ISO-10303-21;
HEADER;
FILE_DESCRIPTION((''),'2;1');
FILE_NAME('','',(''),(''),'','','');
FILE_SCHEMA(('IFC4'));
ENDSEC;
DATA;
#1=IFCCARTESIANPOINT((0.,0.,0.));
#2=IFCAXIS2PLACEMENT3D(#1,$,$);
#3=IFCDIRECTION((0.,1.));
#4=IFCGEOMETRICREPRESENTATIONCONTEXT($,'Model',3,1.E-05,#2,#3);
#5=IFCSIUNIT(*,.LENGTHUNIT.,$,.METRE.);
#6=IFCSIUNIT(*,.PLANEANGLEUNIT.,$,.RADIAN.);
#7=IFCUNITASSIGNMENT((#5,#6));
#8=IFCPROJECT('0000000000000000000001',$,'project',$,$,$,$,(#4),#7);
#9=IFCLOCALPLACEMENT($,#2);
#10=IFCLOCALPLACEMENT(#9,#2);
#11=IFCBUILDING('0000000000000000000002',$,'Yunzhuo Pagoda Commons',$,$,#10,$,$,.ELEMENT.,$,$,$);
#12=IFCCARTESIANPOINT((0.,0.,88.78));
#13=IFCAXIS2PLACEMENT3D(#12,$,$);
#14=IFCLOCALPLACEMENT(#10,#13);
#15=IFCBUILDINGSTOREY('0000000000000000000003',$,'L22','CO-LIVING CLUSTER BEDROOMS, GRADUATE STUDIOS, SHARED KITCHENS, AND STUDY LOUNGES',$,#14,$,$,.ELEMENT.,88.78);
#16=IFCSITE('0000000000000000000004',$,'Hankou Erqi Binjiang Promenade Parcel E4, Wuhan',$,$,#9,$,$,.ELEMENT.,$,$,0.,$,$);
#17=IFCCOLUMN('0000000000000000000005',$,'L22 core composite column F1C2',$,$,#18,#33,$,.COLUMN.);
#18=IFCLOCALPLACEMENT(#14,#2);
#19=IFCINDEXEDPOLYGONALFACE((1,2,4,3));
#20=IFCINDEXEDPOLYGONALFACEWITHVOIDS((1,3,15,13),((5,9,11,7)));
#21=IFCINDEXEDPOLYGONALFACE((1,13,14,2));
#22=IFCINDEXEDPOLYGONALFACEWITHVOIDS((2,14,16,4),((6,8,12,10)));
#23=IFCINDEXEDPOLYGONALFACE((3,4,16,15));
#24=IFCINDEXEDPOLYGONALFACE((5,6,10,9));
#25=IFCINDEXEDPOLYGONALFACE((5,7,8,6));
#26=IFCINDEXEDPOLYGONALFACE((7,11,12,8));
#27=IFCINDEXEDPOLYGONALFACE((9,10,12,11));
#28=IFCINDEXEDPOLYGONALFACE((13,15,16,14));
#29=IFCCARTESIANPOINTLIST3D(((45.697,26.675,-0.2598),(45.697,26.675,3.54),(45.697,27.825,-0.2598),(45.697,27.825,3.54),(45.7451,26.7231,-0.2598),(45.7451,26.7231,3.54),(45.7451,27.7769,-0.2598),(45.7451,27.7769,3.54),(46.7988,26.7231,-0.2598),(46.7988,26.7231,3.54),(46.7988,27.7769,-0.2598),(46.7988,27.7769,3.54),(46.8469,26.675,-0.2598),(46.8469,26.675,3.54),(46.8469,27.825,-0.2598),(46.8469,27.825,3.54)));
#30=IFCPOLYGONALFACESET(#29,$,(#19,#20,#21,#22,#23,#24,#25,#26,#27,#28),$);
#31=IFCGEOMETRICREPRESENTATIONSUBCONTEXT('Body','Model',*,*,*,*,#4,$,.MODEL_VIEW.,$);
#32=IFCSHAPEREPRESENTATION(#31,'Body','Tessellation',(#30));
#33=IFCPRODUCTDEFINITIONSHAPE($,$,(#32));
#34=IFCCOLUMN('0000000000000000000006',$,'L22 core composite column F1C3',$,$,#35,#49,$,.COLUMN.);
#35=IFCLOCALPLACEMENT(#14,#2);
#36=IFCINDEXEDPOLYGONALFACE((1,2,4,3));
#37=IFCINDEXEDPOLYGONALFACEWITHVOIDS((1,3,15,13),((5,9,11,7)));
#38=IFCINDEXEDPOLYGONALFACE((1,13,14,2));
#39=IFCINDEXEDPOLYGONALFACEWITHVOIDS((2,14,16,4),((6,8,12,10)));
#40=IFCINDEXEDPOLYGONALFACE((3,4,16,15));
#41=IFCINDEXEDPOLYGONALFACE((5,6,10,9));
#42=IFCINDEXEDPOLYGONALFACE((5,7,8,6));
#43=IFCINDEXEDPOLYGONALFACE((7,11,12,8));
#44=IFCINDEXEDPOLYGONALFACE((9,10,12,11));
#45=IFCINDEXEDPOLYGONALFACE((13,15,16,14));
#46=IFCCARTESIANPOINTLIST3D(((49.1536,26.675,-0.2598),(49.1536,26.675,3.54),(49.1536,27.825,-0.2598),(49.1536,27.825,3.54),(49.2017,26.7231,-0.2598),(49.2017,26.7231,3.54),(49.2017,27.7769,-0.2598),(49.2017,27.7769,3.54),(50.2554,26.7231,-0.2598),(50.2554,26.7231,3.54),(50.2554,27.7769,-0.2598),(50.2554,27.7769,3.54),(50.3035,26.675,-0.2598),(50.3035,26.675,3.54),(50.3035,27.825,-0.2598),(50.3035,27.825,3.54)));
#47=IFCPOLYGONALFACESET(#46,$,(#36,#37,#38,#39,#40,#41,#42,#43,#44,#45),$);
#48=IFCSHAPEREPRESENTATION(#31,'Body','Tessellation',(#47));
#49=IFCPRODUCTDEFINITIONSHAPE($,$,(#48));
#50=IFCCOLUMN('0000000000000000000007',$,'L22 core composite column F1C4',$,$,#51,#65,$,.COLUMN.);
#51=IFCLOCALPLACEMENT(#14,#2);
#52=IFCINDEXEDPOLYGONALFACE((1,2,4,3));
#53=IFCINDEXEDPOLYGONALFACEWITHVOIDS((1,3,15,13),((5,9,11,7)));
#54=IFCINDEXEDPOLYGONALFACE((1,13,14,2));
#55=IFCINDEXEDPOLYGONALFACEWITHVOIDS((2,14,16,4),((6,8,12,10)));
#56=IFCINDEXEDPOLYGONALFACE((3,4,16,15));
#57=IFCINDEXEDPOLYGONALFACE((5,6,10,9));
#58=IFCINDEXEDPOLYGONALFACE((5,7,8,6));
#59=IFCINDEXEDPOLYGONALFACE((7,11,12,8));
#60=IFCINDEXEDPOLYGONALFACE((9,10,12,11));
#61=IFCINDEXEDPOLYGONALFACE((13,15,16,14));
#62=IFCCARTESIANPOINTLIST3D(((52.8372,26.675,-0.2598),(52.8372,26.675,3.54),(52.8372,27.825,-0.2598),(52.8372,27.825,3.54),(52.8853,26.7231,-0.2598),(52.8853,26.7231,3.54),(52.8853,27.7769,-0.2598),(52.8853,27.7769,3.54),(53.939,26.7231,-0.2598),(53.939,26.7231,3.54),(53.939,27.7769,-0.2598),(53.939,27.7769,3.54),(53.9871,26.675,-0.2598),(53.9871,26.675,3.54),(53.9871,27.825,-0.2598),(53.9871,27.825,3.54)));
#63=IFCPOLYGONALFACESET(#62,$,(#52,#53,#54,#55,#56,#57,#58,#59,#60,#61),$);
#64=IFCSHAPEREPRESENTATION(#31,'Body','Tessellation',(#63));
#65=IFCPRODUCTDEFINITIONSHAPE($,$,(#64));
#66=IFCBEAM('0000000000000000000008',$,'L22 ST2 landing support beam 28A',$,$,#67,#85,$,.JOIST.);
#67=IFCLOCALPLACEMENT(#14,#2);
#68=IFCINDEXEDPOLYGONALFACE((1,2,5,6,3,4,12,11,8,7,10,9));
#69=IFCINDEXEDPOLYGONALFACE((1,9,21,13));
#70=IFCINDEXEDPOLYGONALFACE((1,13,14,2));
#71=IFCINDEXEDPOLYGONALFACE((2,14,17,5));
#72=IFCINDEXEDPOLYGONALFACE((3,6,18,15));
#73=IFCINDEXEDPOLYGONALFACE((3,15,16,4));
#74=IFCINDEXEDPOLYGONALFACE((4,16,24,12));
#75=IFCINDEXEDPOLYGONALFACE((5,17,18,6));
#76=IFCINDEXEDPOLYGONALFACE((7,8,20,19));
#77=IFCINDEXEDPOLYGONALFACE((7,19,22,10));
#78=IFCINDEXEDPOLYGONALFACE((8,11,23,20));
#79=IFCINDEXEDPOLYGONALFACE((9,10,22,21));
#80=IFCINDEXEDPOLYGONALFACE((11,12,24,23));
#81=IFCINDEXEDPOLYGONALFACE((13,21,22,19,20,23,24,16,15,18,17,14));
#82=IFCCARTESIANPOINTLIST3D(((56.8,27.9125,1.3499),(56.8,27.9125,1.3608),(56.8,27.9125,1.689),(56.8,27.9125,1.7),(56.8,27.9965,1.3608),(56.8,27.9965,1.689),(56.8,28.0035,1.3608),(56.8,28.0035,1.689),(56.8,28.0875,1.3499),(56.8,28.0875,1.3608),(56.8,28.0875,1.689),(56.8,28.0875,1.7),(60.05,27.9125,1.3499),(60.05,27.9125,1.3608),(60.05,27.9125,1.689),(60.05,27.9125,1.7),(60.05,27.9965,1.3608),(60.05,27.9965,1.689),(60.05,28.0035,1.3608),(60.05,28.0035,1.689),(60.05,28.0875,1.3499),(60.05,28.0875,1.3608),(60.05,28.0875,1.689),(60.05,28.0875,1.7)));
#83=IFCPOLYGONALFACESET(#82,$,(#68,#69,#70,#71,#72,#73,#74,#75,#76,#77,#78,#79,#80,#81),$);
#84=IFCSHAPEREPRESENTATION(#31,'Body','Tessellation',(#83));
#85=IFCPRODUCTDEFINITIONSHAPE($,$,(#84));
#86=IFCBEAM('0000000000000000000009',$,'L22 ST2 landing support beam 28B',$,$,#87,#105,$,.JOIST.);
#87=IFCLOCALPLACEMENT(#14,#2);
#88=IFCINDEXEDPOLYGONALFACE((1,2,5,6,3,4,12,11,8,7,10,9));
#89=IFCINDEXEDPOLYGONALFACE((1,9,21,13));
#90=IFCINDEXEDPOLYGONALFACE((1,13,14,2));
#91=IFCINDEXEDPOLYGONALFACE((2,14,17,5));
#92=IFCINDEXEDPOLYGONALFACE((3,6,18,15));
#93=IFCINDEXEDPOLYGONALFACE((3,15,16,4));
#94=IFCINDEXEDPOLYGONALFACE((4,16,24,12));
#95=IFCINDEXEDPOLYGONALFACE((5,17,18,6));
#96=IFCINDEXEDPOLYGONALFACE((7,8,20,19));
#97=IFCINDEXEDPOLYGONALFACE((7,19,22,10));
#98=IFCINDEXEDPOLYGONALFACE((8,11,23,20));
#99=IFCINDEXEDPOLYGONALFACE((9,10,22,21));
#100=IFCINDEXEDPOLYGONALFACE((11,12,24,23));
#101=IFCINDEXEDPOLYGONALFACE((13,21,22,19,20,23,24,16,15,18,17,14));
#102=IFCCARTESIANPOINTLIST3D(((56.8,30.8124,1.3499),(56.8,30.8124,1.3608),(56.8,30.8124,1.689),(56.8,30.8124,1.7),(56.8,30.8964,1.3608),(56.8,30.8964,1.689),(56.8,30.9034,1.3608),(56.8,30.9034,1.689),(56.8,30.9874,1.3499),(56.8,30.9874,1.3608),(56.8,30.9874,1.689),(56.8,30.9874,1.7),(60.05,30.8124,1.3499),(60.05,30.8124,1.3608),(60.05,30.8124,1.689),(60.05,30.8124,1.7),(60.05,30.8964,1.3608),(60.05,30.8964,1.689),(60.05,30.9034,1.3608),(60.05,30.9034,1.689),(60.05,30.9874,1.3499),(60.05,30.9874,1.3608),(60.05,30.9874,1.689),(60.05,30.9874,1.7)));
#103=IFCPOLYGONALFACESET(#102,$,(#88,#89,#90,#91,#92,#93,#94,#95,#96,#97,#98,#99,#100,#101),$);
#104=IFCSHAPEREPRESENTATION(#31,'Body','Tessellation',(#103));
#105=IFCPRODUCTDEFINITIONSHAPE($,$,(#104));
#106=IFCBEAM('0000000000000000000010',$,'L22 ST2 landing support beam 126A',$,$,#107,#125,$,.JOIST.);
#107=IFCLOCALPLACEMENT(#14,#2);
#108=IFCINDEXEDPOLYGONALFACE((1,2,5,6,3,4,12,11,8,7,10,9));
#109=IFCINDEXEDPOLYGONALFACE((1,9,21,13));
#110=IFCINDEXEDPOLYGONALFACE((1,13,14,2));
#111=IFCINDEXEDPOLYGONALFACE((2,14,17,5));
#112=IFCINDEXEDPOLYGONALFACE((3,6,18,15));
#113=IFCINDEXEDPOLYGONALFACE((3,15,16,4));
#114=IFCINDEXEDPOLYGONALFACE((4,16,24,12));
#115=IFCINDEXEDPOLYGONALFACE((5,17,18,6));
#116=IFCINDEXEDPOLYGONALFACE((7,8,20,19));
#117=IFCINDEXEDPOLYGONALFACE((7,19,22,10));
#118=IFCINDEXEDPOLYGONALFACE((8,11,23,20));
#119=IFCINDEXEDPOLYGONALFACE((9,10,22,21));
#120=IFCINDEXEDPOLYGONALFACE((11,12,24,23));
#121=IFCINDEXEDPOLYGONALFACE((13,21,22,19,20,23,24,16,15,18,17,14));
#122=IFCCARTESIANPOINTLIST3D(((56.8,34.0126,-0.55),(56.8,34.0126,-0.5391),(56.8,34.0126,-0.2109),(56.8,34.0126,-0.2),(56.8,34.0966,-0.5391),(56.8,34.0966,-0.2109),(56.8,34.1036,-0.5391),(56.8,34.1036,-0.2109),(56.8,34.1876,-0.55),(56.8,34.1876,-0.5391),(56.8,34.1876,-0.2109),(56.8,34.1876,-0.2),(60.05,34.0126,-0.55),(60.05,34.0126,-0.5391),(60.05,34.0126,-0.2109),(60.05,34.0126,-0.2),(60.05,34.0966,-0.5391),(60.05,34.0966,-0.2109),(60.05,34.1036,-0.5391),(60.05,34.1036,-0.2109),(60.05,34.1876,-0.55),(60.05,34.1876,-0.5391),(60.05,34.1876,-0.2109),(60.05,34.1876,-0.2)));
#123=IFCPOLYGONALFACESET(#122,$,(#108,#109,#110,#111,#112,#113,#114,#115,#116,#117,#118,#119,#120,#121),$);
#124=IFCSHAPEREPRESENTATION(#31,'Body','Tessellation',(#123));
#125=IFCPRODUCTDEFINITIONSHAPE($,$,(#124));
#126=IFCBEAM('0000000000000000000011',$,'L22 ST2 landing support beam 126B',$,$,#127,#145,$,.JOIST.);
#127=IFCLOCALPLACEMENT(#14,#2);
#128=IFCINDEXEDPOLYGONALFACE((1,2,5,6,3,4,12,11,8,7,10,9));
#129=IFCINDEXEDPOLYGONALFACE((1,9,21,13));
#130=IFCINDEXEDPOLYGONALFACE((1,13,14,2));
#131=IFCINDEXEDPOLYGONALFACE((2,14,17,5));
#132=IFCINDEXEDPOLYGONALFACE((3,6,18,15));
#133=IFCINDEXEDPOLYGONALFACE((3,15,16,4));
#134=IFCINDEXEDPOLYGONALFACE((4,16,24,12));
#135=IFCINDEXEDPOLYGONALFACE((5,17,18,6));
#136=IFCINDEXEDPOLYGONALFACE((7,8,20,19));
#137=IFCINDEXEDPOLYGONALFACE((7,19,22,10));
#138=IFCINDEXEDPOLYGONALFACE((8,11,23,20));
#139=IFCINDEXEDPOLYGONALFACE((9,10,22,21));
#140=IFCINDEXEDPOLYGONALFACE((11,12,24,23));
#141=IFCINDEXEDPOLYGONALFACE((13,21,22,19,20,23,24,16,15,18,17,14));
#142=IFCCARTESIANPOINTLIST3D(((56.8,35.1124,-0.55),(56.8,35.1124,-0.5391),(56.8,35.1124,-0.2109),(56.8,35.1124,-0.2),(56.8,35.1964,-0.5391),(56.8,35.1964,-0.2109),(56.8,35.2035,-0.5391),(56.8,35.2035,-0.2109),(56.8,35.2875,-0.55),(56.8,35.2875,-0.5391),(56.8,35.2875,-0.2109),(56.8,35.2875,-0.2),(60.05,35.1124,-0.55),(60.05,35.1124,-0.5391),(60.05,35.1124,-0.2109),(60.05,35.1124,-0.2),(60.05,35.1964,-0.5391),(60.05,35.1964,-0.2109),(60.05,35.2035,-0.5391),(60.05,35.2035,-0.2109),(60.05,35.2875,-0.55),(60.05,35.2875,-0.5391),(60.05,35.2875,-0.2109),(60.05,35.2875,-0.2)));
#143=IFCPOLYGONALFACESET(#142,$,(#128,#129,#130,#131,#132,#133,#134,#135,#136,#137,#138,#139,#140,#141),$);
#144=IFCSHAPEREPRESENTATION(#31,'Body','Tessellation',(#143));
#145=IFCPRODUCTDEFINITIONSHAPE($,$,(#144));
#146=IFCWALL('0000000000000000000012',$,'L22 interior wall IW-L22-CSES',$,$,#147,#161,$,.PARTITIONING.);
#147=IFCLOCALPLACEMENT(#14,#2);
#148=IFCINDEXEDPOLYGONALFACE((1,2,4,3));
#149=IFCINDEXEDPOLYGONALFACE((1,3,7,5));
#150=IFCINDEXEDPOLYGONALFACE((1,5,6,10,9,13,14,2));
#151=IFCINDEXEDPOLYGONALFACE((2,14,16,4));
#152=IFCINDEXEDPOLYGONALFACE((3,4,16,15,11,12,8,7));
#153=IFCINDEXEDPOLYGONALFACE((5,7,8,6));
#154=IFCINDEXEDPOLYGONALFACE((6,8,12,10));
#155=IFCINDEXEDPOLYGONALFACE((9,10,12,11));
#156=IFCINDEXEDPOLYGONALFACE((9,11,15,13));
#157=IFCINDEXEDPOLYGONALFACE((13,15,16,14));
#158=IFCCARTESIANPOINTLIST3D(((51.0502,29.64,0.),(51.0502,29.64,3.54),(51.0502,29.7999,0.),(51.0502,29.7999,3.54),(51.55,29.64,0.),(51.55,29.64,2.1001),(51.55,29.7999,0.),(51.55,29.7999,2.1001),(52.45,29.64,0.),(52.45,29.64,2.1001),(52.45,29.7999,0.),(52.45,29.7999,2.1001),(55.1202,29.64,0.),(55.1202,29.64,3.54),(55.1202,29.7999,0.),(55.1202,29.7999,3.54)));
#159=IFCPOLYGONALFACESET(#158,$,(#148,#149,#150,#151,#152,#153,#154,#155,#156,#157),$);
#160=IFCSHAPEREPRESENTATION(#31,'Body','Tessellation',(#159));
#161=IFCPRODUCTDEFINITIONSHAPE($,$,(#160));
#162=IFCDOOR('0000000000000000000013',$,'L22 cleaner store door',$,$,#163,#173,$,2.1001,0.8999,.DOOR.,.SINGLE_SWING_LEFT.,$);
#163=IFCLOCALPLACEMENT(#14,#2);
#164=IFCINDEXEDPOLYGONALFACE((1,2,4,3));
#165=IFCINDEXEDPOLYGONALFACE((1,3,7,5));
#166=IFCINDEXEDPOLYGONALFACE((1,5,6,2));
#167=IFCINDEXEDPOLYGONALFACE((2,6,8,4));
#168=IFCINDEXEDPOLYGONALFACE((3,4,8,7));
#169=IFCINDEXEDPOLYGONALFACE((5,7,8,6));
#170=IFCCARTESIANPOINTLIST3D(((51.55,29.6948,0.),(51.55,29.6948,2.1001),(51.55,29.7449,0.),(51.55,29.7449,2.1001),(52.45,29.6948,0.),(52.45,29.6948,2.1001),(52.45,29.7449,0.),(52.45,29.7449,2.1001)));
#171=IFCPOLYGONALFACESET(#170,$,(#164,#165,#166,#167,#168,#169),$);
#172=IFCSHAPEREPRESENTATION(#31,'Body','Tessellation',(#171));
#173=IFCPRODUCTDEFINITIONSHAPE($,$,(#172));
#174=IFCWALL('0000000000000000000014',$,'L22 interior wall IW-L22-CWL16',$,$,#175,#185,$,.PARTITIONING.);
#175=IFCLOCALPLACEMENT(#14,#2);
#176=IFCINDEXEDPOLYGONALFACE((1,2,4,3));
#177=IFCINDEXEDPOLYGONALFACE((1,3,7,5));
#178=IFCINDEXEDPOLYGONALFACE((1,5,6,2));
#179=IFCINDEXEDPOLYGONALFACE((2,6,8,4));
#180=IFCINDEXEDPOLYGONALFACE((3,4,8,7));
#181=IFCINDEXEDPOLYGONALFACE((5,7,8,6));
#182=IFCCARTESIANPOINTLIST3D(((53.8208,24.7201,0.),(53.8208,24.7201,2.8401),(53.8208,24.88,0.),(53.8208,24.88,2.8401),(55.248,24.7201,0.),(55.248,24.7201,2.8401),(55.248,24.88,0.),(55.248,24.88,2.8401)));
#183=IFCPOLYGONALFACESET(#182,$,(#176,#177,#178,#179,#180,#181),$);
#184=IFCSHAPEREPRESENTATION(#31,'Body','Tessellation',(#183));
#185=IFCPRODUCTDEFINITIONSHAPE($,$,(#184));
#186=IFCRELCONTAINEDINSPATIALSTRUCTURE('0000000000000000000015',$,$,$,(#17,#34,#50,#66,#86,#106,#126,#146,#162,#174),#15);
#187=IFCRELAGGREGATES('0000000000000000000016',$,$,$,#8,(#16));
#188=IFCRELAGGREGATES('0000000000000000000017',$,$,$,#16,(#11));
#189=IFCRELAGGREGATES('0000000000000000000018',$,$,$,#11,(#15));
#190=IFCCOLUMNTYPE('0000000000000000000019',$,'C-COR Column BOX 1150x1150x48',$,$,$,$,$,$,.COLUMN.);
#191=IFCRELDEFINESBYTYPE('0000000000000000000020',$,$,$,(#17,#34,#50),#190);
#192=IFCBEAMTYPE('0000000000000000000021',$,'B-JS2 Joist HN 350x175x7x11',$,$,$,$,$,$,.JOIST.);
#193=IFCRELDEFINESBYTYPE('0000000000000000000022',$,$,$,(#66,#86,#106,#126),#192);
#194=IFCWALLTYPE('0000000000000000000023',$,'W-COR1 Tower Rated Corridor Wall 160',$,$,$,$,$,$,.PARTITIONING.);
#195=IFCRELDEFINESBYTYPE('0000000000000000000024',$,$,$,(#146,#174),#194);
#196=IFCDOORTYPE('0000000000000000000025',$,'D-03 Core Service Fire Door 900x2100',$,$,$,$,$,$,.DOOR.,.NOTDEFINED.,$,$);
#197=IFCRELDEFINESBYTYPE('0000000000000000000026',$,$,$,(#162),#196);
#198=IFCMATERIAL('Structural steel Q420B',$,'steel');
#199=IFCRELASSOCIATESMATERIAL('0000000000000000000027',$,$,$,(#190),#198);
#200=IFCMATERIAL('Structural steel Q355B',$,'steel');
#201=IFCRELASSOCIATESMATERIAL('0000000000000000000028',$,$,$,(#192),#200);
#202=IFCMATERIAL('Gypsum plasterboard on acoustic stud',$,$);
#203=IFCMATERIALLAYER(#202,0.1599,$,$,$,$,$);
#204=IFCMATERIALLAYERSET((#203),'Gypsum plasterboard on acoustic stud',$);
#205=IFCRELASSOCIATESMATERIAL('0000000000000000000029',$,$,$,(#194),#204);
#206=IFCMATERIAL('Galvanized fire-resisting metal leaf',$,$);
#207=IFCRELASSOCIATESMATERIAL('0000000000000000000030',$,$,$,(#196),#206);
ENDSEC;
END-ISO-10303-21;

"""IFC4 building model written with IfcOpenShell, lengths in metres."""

from ifc_helpers import new_model, si_unit, direction, frame, frame_2d, origin, origin_with_axes, origin_2d, place, context, subcontext, project, spatial, rectangle, hollow_rectangle, i_section, extrude, source, transform, mapped, material, layer, layer_set, material_profile, profile_set, type_object, element, fill, save


model = new_model("IFC4")

# Units and contexts
model_context = context("Model", 3, precision=1e-05, world=origin(), true_north=direction((0.0, 1.0)))
body_context = subcontext(model_context, "Body", "Model", "MODEL_VIEW")
ifc_project = project(units=[si_unit("LENGTHUNIT", "METRE"), si_unit("PLANEANGLEUNIT", "RADIAN")], contexts=[model_context])

# Site, building, storey
site_placement = place(None, origin())
site = spatial("IfcSite", under=ifc_project, at=site_placement, Name="Hankou Erqi Binjiang Promenade Parcel E4, Wuhan", CompositionType="ELEMENT", RefElevation=0.0)
building_placement = place(site_placement, origin())
building = spatial("IfcBuilding", under=site, at=building_placement, Name="Yunzhuo Pagoda Commons", CompositionType="ELEMENT")
storey_placement = place(building_placement, frame((0.0, 0.0, 88.78)))
storey = spatial("IfcBuildingStorey", under=building, at=storey_placement, Name="L22", Description="CO-LIVING CLUSTER BEDROOMS, GRADUATE STUDIOS, SHARED KITCHENS, AND STUDY LOUNGES", CompositionType="ELEMENT", Elevation=88.78)

# Columns
ifc_material_1 = material(Name="Structural steel Q420B", Category="steel")
ifc_material_profile_1 = material_profile(ifc_material_1, hollow_rectangle(XDim=1.1499, YDim=1.1499, WallThickness=0.0481, at=origin_2d()), Name="Structural steel Q420B")
ifc_profile_set_1 = profile_set([ifc_material_profile_1], Name="Structural steel Q420B")
column_type = type_object("IfcColumnType", Name="C-COR Column BOX 1150x1150x48", PredefinedType="COLUMN", material=ifc_profile_set_1)
shared_shape_1 = source(origin(), body_context, "Body", "SweptSolid", [
    extrude(hollow_rectangle(XDim=1.1499, YDim=1.1499, WallThickness=0.0481, at=origin_2d()), origin(), (0.0, 0.0, 1.0), 3.7998),
])
for number, where, z_axis, x_axis, name in (
    (1, (46.272, 27.25, -0.2598), (0.0, 0.0, 1.0), (1.0, 0.0, 0.0), "L22 core composite column F1C2"),
    (2, (49.7285, 27.25, -0.2598), (0.0, 0.0, 1.0), (1.0, 0.0, 0.0), "L22 core composite column F1C3"),
    (3, (53.4121, 27.25, -0.2598), (0.0, 0.0, 1.0), (1.0, 0.0, 0.0), "L22 core composite column F1C4"),
):
    element("IfcColumn", number, at=place(storey_placement, frame(where, z_axis=z_axis, x_axis=x_axis)), inside=storey, type_object=column_type, Name=name, PredefinedType="COLUMN", context=body_context, shape_type="MappedRepresentation", body=[
        mapped(shared_shape_1, transform((0.0, 0.0, 0.0), scale=1.0)),
    ])

# Beams
ifc_material_2 = material(Name="Structural steel Q355B", Category="steel")
ifc_material_profile_2 = material_profile(ifc_material_2, i_section(OverallWidth=0.175, OverallDepth=0.3501, WebThickness=0.0071, FlangeThickness=0.011, at=origin_2d()), Name="Structural steel Q355B")
ifc_profile_set_2 = profile_set([ifc_material_profile_2], Name="Structural steel Q355B")
beam_type = type_object("IfcBeamType", Name="B-JS2 Joist HN 350x175x7x11", PredefinedType="JOIST", material=ifc_profile_set_2)
shared_shape_2 = source(origin(), body_context, "Body", "SweptSolid", [
    extrude(i_section(OverallWidth=0.175, OverallDepth=0.3501, WebThickness=0.0071, FlangeThickness=0.011, at=origin_2d()), origin(), (0.0, 0.0, 1.0), 3.25),
])
for number, where, z_axis, x_axis, name in (
    (4, (56.8, 28.0, 1.5249), (1.0, 0.0, 0.0), (0.0, 1.0, 0.0), "L22 ST2 landing support beam 28A"),
    (5, (56.8, 30.8999, 1.5249), (1.0, 0.0, 0.0), (0.0, 1.0, 0.0), "L22 ST2 landing support beam 28B"),
    (6, (56.8, 34.1001, -0.375), (1.0, 0.0, 0.0), (0.0, 1.0, 0.0), "L22 ST2 landing support beam 126A"),
    (7, (56.8, 35.2, -0.375), (1.0, 0.0, 0.0), (0.0, 1.0, 0.0), "L22 ST2 landing support beam 126B"),
):
    element("IfcBeam", number, at=place(storey_placement, frame(where, z_axis=z_axis, x_axis=x_axis)), inside=storey, type_object=beam_type, Name=name, PredefinedType="JOIST", context=body_context, shape_type="MappedRepresentation", body=[
        mapped(shared_shape_2, transform((0.0, 0.0, 0.0), scale=1.0)),
    ])

# Wall, opening, door
ifc_material_3 = material(Name="Gypsum plasterboard on acoustic stud")
ifc_layer_1 = layer(ifc_material_3, 0.1599)
ifc_layer_set_1 = layer_set([ifc_layer_1], Name="Gypsum plasterboard on acoustic stud")
wall_type_1 = type_object("IfcWallType", Name="W-COR1 Tower Rated Corridor Wall 160", PredefinedType="PARTITIONING", material=ifc_layer_set_1)
wall_1_placement = place(storey_placement, frame((51.05, 29.72, 0.0), z_axis=(0.0, 0.0, 1.0), x_axis=(1.0, 0.0, 0.0)))
wall_1 = element("IfcWall", 8, at=wall_1_placement, inside=storey, type_object=wall_type_1, Name="L22 interior wall IW-L22-CSES", PredefinedType="PARTITIONING", context=body_context, shape_type="SweptSolid", body=[
    extrude(rectangle(XDim=4.0701, YDim=0.1599, at=frame_2d((2.0352, 0.0))), origin(), (0.0, 0.0, 1.0), 3.54),
])
opening_1_placement = place(wall_1_placement, frame((0.5, 0.0, 0.0)))
opening_1 = element("IfcOpeningElement", 9, at=opening_1_placement, cuts=wall_1, PredefinedType="OPENING", context=body_context, shape_type="SweptSolid", body=[
    extrude(rectangle(XDim=0.8999, YDim=2.1001, at=frame_2d((0.45, 1.05))), frame((0.0, 0.0898, 0.0), z_axis=(0.0, -1.0, 0.0), x_axis=(1.0, 0.0, 0.0)), (0.0, 0.0, 1.0), 0.1799),
])
ifc_material_4 = material(Name="Galvanized fire-resisting metal leaf")
door_type_1 = type_object("IfcDoorType", Name="D-03 Core Service Fire Door 900x2100", OperationType="NOTDEFINED", PredefinedType="DOOR", material=ifc_material_4)
shared_shape_3 = source(origin(), body_context, "Body", "SweptSolid", [
    extrude(rectangle(XDim=0.8999, YDim=2.1001, at=frame_2d((0.45, 1.05))), frame((0.0, 0.0249, 0.0), z_axis=(0.0, -1.0, 0.0), x_axis=(1.0, 0.0, 0.0)), (0.0, 0.0, 1.0), 0.05),
])
door_1_placement = place(opening_1_placement, origin_with_axes())
door_1 = element("IfcDoor", 10, at=door_1_placement, inside=storey, type_object=door_type_1, Name="L22 cleaner store door", OperationType="SINGLE_SWING_LEFT", OverallHeight=2.1001, OverallWidth=0.8999, PredefinedType="DOOR", context=body_context, shape_type="MappedRepresentation", body=[
    mapped(shared_shape_3, transform((0.0, 0.0, 0.0), scale=1.0)),
])
fill(opening_1, door_1)

# Wall
wall_2_placement = place(storey_placement, frame((55.248, 24.8, 0.0), z_axis=(0.0, 0.0, 1.0), x_axis=(-1.0, 0.0, 0.0)))
element("IfcWall", 11, at=wall_2_placement, inside=storey, type_object=wall_type_1, Name="L22 interior wall IW-L22-CWL16", PredefinedType="PARTITIONING", context=body_context, shape_type="SweptSolid", body=[
    extrude(rectangle(XDim=1.4272, YDim=0.1599, at=frame_2d((0.7136, 0.0))), origin(), (0.0, 0.0, 1.0), 2.8401),
])

save(model, "model.ifc")
